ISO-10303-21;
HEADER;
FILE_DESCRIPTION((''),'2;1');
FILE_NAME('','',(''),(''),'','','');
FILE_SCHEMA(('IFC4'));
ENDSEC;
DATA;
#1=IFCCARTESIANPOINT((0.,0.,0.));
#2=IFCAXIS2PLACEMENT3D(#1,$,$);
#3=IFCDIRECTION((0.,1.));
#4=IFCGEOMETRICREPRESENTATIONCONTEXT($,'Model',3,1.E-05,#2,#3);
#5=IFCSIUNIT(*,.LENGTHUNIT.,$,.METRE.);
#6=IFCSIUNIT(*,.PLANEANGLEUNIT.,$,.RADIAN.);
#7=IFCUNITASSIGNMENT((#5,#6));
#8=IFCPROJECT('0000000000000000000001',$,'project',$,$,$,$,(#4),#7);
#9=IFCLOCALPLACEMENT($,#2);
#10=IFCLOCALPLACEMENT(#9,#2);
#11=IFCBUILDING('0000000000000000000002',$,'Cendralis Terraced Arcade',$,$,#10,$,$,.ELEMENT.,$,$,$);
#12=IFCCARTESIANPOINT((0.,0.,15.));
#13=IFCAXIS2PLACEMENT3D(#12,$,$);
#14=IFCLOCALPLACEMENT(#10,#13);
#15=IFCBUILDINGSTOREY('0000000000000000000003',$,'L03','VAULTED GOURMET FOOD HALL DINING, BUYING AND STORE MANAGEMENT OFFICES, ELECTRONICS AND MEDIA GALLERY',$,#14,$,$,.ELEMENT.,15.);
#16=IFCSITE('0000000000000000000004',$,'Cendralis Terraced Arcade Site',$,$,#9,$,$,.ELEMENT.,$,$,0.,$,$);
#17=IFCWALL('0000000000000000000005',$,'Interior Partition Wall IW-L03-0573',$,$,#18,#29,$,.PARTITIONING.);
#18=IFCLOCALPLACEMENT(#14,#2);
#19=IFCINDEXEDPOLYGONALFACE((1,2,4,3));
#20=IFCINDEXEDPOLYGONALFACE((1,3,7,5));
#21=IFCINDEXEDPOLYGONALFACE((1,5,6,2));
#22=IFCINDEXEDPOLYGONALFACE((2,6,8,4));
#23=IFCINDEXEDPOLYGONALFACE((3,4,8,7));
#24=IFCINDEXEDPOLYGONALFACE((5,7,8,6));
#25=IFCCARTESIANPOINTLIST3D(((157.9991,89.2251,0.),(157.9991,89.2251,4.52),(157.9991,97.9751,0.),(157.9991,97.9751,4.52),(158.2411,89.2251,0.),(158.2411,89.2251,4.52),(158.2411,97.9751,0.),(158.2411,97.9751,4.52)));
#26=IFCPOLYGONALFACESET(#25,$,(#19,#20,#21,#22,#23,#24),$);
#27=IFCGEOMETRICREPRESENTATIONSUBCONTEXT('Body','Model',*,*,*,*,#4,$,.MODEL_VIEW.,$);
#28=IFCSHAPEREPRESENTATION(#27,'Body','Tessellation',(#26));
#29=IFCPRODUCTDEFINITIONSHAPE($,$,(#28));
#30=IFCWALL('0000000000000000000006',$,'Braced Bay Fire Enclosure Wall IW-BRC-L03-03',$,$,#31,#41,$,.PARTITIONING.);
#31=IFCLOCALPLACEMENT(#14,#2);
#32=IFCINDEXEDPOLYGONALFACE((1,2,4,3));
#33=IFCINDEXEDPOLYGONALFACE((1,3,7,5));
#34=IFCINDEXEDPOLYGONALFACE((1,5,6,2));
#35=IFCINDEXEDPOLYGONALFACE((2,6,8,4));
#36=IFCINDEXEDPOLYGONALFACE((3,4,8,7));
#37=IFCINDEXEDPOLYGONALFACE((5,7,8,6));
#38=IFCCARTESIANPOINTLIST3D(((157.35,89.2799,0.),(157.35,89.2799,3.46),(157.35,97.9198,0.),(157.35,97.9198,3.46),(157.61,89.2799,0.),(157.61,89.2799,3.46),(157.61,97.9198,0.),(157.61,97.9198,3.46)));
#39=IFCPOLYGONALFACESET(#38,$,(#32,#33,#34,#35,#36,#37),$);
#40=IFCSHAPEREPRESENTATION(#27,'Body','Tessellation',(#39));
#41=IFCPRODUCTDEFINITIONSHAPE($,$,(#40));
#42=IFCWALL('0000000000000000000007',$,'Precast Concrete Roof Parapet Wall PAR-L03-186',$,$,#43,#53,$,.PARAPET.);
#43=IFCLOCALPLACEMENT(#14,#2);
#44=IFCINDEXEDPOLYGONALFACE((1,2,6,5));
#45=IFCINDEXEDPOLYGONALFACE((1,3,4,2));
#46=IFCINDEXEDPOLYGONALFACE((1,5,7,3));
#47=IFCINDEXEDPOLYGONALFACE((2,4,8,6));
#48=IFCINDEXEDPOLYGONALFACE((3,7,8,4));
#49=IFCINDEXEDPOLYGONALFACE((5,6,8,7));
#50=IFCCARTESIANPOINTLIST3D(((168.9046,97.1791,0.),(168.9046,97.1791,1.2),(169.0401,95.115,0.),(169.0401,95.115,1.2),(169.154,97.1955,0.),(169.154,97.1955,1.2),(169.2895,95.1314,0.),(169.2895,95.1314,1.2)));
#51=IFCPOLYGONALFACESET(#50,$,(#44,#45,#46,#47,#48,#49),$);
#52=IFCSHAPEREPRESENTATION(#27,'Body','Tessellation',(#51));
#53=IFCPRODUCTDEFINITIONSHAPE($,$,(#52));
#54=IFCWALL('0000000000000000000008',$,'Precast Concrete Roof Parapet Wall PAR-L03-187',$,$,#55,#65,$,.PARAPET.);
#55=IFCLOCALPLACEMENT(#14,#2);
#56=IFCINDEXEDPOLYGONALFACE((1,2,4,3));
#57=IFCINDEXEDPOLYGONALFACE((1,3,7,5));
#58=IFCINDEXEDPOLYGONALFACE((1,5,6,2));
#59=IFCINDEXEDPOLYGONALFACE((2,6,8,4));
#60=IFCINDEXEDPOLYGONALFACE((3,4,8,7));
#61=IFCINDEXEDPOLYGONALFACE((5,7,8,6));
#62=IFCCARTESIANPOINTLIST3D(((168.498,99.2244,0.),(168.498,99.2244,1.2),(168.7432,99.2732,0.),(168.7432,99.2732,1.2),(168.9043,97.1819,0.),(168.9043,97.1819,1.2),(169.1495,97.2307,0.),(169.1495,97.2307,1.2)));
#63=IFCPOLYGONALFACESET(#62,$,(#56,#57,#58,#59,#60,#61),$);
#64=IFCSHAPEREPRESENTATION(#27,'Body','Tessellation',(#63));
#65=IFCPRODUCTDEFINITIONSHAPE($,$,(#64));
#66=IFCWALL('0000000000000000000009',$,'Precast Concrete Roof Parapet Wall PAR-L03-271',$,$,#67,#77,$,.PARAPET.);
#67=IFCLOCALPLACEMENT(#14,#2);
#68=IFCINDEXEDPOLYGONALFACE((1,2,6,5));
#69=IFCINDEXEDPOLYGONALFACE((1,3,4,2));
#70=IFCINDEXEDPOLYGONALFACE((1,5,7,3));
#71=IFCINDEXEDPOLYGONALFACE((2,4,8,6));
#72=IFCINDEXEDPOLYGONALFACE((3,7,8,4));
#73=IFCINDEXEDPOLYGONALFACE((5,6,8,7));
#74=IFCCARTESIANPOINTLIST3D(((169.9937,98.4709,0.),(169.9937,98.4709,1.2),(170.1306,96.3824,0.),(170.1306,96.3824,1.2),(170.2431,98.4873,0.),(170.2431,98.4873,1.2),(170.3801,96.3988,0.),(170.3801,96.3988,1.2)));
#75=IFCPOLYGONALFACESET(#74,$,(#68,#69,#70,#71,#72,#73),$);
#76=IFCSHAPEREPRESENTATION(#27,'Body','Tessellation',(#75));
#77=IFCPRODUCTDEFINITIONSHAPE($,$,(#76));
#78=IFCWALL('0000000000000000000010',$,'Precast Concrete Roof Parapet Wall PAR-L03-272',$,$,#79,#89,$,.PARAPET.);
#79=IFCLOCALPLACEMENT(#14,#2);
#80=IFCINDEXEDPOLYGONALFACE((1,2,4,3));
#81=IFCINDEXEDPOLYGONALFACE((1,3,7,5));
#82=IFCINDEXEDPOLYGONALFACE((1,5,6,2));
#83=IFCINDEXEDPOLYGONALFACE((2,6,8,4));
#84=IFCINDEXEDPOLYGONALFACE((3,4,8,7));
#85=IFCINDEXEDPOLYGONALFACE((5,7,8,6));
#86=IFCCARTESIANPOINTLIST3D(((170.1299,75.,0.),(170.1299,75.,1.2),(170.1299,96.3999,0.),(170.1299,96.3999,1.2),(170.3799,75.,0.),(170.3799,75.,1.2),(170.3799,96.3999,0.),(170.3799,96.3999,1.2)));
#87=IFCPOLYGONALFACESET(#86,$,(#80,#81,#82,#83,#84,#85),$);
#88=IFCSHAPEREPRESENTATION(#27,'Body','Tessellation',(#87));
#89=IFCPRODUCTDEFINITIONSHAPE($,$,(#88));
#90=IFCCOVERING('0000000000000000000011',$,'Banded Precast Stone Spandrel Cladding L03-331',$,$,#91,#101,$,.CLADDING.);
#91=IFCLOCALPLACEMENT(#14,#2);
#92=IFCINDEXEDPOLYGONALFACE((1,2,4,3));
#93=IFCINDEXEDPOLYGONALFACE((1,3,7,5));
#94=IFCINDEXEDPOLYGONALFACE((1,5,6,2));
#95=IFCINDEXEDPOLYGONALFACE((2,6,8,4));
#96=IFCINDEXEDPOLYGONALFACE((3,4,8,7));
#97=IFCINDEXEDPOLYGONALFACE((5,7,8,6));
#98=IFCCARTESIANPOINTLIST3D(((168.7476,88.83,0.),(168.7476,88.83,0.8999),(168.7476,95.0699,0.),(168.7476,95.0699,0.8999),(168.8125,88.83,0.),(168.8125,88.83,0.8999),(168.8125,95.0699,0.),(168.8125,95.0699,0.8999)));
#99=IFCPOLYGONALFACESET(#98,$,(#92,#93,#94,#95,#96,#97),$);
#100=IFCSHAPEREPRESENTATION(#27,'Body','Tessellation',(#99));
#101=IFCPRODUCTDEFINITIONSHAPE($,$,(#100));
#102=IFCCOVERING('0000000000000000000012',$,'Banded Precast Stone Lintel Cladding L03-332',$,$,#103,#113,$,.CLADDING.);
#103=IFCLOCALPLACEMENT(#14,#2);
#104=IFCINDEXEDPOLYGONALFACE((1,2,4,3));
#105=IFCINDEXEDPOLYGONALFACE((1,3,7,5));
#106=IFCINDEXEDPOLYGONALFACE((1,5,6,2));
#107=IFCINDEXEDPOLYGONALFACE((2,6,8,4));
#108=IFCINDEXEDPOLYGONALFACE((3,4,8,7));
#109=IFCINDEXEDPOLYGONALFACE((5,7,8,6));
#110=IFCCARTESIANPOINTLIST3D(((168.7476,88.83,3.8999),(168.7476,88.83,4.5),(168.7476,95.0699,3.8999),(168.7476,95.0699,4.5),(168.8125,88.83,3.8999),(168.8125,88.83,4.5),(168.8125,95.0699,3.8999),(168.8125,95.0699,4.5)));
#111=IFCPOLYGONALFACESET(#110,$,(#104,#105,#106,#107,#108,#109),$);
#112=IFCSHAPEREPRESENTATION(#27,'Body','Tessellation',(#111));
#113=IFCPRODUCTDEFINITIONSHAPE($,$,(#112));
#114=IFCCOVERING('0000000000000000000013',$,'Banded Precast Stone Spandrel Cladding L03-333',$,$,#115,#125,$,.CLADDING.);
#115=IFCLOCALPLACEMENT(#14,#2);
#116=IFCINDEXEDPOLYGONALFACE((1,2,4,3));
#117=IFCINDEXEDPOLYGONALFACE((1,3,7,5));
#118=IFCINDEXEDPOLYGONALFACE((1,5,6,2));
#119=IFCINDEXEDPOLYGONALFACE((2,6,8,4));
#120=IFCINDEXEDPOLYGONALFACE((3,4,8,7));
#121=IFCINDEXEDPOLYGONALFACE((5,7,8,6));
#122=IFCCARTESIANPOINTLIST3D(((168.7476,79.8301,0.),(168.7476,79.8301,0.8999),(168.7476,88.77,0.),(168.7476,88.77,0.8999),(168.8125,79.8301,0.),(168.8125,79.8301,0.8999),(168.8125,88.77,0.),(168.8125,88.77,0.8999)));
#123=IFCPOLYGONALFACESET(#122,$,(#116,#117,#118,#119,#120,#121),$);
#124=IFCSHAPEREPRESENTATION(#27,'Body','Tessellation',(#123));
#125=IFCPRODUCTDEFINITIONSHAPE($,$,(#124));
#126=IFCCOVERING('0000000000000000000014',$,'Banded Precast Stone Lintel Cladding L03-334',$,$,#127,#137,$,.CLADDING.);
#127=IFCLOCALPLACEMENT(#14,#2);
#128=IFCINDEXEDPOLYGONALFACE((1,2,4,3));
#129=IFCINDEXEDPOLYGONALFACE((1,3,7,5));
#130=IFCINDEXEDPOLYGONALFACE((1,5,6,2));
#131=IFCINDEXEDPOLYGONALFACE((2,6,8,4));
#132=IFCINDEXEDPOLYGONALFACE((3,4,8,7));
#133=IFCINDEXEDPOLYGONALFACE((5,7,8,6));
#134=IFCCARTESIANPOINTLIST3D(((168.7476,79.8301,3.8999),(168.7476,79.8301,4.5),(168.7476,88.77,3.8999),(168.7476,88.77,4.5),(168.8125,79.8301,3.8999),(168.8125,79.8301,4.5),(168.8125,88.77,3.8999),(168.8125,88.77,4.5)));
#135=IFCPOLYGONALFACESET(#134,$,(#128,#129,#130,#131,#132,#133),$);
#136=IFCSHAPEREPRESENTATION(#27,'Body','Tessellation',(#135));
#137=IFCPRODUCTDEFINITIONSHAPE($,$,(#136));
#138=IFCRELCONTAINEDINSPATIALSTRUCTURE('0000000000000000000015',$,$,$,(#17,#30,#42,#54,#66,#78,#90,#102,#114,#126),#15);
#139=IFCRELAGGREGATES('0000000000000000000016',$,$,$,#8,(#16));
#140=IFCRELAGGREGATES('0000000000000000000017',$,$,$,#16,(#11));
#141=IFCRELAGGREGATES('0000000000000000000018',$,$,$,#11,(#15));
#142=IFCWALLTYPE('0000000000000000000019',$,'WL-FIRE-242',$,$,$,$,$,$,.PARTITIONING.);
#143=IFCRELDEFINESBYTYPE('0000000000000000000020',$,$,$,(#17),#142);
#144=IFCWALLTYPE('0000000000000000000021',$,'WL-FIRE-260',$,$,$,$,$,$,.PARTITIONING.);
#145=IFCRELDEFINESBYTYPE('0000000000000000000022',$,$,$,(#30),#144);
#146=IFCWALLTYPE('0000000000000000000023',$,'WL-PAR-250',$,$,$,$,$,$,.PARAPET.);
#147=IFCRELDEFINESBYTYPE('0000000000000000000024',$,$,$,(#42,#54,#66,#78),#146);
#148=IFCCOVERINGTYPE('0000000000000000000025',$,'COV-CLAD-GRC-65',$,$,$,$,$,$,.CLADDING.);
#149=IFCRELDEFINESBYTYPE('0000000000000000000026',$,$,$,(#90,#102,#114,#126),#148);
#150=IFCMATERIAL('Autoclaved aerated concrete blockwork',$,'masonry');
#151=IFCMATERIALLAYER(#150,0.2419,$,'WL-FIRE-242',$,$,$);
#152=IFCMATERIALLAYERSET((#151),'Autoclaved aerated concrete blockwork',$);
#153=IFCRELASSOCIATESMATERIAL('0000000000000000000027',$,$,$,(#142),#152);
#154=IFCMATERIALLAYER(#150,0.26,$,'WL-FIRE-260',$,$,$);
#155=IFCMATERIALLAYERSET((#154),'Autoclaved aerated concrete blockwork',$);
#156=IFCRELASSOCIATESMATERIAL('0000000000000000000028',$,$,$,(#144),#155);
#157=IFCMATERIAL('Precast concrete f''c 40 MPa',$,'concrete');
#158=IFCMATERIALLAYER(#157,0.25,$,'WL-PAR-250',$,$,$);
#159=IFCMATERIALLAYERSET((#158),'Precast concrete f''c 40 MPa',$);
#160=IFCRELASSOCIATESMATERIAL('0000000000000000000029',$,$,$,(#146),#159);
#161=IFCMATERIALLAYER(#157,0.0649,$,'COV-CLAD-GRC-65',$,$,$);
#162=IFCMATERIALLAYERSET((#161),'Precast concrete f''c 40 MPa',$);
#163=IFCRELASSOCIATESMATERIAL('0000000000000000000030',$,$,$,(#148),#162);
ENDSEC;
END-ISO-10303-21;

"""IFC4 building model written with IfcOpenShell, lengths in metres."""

from ifc_helpers import new_model, si_unit, direction, frame, frame_2d, origin, origin_2d, place, context, subcontext, project, spatial, rectangle, extrude, material, layer, layer_set, type_object, element, save


model = new_model("IFC4")

# Units and contexts
model_context = context("Model", 3, precision=1e-05, world=origin(), true_north=direction((0.0, 1.0)))
body_context = subcontext(model_context, "Body", "Model", "MODEL_VIEW")
ifc_project = project(units=[si_unit("LENGTHUNIT", "METRE"), si_unit("PLANEANGLEUNIT", "RADIAN")], contexts=[model_context])

# Site, building, storey
site_placement = place(None, origin())
site = spatial("IfcSite", under=ifc_project, at=site_placement, Name="Cendralis Terraced Arcade Site", CompositionType="ELEMENT", RefElevation=0.0)
building_placement = place(site_placement, origin())
building = spatial("IfcBuilding", under=site, at=building_placement, Name="Cendralis Terraced Arcade", CompositionType="ELEMENT")
storey_placement = place(building_placement, frame((0.0, 0.0, 15.0)))
storey = spatial("IfcBuildingStorey", under=building, at=storey_placement, Name="L03", Description="VAULTED GOURMET FOOD HALL DINING, BUYING AND STORE MANAGEMENT OFFICES, ELECTRONICS AND MEDIA GALLERY", CompositionType="ELEMENT", Elevation=15.0)

# Shared definitions
ifc_material_1 = material(Name="Precast concrete f'c 40 MPa", Category="concrete")

# Walls
ifc_material_2 = material(Name="Autoclaved aerated concrete blockwork", Category="masonry")
ifc_layer_1 = layer(ifc_material_2, 0.2419, Name="WL-FIRE-242")
ifc_layer_set_1 = layer_set([ifc_layer_1], Name="Autoclaved aerated concrete blockwork")
wall_type_1 = type_object("IfcWallType", Name="WL-FIRE-242", PredefinedType="PARTITIONING", material=ifc_layer_set_1)
wall_1_placement = place(storey_placement, frame((158.1201, 89.2251, 0.0), z_axis=(0.0, 0.0, 1.0), x_axis=(0.0, 1.0, 0.0)))
element("IfcWall", 1, at=wall_1_placement, inside=storey, type_object=wall_type_1, Name="Interior Partition Wall IW-L03-0573", PredefinedType="PARTITIONING", context=body_context, shape_type="SweptSolid", body=[
    extrude(rectangle(XDim=8.75, YDim=0.2419, at=frame_2d((4.375, 0.0))), origin(), (0.0, 0.0, 1.0), 4.52),
])
ifc_layer_2 = layer(ifc_material_2, 0.26, Name="WL-FIRE-260")
ifc_layer_set_2 = layer_set([ifc_layer_2], Name="Autoclaved aerated concrete blockwork")
wall_type_2 = type_object("IfcWallType", Name="WL-FIRE-260", PredefinedType="PARTITIONING", material=ifc_layer_set_2)
wall_2_placement = place(storey_placement, frame((157.48, 89.28, 0.0), z_axis=(0.0, 0.0, 1.0), x_axis=(0.0, 1.0, 0.0)))
element("IfcWall", 2, at=wall_2_placement, inside=storey, type_object=wall_type_2, Name="Braced Bay Fire Enclosure Wall IW-BRC-L03-03", PredefinedType="PARTITIONING", context=body_context, shape_type="SweptSolid", body=[
    extrude(rectangle(XDim=8.6399, YDim=0.26, at=frame_2d((4.3198, 0.0))), origin(), (0.0, 0.0, 1.0), 3.46),
])
ifc_layer_3 = layer(ifc_material_1, 0.25, Name="WL-PAR-250")
ifc_layer_set_3 = layer_set([ifc_layer_3], Name="Precast concrete f'c 40 MPa")
wall_type_3 = type_object("IfcWallType", Name="WL-PAR-250", PredefinedType="PARAPET", material=ifc_layer_set_3)
wall_3_placement = place(storey_placement, frame((169.1648, 95.1233, 0.0), z_axis=(0.0, 0.0, 1.0), x_axis=(-0.065501, 0.997853, 0.0)))
element("IfcWall", 3, at=wall_3_placement, inside=storey, type_object=wall_type_3, Name="Precast Concrete Roof Parapet Wall PAR-L03-186", PredefinedType="PARAPET", context=body_context, shape_type="SweptSolid", body=[
    extrude(rectangle(XDim=2.0686, YDim=0.25, at=frame_2d((1.0342, 0.0))), origin(), (0.0, 0.0, 1.0), 1.2),
])
wall_4_placement = place(storey_placement, frame((169.0269, 97.2063, 0.0), z_axis=(0.0, 0.0, 1.0), x_axis=(-0.195079, 0.980788, 0.0)))
element("IfcWall", 4, at=wall_4_placement, inside=storey, type_object=wall_type_3, Name="Precast Concrete Roof Parapet Wall PAR-L03-187", PredefinedType="PARAPET", context=body_context, shape_type="SweptSolid", body=[
    extrude(rectangle(XDim=2.0825, YDim=0.25, at=frame_2d((1.0413, 0.0))), origin(), (0.0, 0.0, 1.0), 1.2),
])
wall_5_placement = place(storey_placement, frame((170.1184, 98.479, 0.0), z_axis=(0.0, 0.0, 1.0), x_axis=(0.065435, -0.997857, 0.0)))
element("IfcWall", 5, at=wall_5_placement, inside=storey, type_object=wall_type_3, Name="Precast Concrete Roof Parapet Wall PAR-L03-271", PredefinedType="PARAPET", context=body_context, shape_type="SweptSolid", body=[
    extrude(rectangle(XDim=2.093, YDim=0.25, at=frame_2d((1.0464, 0.0))), origin(), (0.0, 0.0, 1.0), 1.2),
])
wall_6_placement = place(storey_placement, frame((170.2549, 96.3999, 0.0), z_axis=(0.0, 0.0, 1.0), x_axis=(0.0, -1.0, 0.0)))
element("IfcWall", 6, at=wall_6_placement, inside=storey, type_object=wall_type_3, Name="Precast Concrete Roof Parapet Wall PAR-L03-272", PredefinedType="PARAPET", context=body_context, shape_type="SweptSolid", body=[
    extrude(rectangle(XDim=21.3999, YDim=0.25, at=frame_2d((10.7, 0.0))), origin(), (0.0, 0.0, 1.0), 1.2),
])

# Coverings
ifc_layer_4 = layer(ifc_material_1, 0.0649, Name="COV-CLAD-GRC-65")
ifc_layer_set_4 = layer_set([ifc_layer_4], Name="Precast concrete f'c 40 MPa")
covering_type = type_object("IfcCoveringType", Name="COV-CLAD-GRC-65", PredefinedType="CLADDING", material=ifc_layer_set_4)
covering_1_placement = place(storey_placement, frame((168.78, 91.95, 0.0), z_axis=(0.0, 0.0, 1.0), x_axis=(0.0, -1.0, 0.0)))
element("IfcCovering", 7, at=covering_1_placement, inside=storey, type_object=covering_type, Name="Banded Precast Stone Spandrel Cladding L03-331", PredefinedType="CLADDING", context=body_context, shape_type="SweptSolid", body=[
    extrude(rectangle(XDim=6.24, YDim=0.0649, at=origin_2d()), origin(), (0.0, 0.0, 1.0), 0.8999),
])
covering_2_placement = place(storey_placement, frame((168.78, 91.95, 3.8999), z_axis=(0.0, 0.0, 1.0), x_axis=(0.0, -1.0, 0.0)))
element("IfcCovering", 8, at=covering_2_placement, inside=storey, type_object=covering_type, Name="Banded Precast Stone Lintel Cladding L03-332", PredefinedType="CLADDING", context=body_context, shape_type="SweptSolid", body=[
    extrude(rectangle(XDim=6.24, YDim=0.0649, at=origin_2d()), origin(), (0.0, 0.0, 1.0), 0.6001),
])
covering_3_placement = place(storey_placement, frame((168.78, 84.3, 0.0), z_axis=(0.0, 0.0, 1.0), x_axis=(0.0, -1.0, 0.0)))
element("IfcCovering", 9, at=covering_3_placement, inside=storey, type_object=covering_type, Name="Banded Precast Stone Spandrel Cladding L03-333", PredefinedType="CLADDING", context=body_context, shape_type="SweptSolid", body=[
    extrude(rectangle(XDim=8.9399, YDim=0.0649, at=origin_2d()), origin(), (0.0, 0.0, 1.0), 0.8999),
])
covering_4_placement = place(storey_placement, frame((168.78, 84.3, 3.8999), z_axis=(0.0, 0.0, 1.0), x_axis=(0.0, -1.0, 0.0)))
element("IfcCovering", 10, at=covering_4_placement, inside=storey, type_object=covering_type, Name="Banded Precast Stone Lintel Cladding L03-334", PredefinedType="CLADDING", context=body_context, shape_type="SweptSolid", body=[
    extrude(rectangle(XDim=8.9399, YDim=0.0649, at=origin_2d()), origin(), (0.0, 0.0, 1.0), 0.6001),
])

save(model, "model.ifc")
